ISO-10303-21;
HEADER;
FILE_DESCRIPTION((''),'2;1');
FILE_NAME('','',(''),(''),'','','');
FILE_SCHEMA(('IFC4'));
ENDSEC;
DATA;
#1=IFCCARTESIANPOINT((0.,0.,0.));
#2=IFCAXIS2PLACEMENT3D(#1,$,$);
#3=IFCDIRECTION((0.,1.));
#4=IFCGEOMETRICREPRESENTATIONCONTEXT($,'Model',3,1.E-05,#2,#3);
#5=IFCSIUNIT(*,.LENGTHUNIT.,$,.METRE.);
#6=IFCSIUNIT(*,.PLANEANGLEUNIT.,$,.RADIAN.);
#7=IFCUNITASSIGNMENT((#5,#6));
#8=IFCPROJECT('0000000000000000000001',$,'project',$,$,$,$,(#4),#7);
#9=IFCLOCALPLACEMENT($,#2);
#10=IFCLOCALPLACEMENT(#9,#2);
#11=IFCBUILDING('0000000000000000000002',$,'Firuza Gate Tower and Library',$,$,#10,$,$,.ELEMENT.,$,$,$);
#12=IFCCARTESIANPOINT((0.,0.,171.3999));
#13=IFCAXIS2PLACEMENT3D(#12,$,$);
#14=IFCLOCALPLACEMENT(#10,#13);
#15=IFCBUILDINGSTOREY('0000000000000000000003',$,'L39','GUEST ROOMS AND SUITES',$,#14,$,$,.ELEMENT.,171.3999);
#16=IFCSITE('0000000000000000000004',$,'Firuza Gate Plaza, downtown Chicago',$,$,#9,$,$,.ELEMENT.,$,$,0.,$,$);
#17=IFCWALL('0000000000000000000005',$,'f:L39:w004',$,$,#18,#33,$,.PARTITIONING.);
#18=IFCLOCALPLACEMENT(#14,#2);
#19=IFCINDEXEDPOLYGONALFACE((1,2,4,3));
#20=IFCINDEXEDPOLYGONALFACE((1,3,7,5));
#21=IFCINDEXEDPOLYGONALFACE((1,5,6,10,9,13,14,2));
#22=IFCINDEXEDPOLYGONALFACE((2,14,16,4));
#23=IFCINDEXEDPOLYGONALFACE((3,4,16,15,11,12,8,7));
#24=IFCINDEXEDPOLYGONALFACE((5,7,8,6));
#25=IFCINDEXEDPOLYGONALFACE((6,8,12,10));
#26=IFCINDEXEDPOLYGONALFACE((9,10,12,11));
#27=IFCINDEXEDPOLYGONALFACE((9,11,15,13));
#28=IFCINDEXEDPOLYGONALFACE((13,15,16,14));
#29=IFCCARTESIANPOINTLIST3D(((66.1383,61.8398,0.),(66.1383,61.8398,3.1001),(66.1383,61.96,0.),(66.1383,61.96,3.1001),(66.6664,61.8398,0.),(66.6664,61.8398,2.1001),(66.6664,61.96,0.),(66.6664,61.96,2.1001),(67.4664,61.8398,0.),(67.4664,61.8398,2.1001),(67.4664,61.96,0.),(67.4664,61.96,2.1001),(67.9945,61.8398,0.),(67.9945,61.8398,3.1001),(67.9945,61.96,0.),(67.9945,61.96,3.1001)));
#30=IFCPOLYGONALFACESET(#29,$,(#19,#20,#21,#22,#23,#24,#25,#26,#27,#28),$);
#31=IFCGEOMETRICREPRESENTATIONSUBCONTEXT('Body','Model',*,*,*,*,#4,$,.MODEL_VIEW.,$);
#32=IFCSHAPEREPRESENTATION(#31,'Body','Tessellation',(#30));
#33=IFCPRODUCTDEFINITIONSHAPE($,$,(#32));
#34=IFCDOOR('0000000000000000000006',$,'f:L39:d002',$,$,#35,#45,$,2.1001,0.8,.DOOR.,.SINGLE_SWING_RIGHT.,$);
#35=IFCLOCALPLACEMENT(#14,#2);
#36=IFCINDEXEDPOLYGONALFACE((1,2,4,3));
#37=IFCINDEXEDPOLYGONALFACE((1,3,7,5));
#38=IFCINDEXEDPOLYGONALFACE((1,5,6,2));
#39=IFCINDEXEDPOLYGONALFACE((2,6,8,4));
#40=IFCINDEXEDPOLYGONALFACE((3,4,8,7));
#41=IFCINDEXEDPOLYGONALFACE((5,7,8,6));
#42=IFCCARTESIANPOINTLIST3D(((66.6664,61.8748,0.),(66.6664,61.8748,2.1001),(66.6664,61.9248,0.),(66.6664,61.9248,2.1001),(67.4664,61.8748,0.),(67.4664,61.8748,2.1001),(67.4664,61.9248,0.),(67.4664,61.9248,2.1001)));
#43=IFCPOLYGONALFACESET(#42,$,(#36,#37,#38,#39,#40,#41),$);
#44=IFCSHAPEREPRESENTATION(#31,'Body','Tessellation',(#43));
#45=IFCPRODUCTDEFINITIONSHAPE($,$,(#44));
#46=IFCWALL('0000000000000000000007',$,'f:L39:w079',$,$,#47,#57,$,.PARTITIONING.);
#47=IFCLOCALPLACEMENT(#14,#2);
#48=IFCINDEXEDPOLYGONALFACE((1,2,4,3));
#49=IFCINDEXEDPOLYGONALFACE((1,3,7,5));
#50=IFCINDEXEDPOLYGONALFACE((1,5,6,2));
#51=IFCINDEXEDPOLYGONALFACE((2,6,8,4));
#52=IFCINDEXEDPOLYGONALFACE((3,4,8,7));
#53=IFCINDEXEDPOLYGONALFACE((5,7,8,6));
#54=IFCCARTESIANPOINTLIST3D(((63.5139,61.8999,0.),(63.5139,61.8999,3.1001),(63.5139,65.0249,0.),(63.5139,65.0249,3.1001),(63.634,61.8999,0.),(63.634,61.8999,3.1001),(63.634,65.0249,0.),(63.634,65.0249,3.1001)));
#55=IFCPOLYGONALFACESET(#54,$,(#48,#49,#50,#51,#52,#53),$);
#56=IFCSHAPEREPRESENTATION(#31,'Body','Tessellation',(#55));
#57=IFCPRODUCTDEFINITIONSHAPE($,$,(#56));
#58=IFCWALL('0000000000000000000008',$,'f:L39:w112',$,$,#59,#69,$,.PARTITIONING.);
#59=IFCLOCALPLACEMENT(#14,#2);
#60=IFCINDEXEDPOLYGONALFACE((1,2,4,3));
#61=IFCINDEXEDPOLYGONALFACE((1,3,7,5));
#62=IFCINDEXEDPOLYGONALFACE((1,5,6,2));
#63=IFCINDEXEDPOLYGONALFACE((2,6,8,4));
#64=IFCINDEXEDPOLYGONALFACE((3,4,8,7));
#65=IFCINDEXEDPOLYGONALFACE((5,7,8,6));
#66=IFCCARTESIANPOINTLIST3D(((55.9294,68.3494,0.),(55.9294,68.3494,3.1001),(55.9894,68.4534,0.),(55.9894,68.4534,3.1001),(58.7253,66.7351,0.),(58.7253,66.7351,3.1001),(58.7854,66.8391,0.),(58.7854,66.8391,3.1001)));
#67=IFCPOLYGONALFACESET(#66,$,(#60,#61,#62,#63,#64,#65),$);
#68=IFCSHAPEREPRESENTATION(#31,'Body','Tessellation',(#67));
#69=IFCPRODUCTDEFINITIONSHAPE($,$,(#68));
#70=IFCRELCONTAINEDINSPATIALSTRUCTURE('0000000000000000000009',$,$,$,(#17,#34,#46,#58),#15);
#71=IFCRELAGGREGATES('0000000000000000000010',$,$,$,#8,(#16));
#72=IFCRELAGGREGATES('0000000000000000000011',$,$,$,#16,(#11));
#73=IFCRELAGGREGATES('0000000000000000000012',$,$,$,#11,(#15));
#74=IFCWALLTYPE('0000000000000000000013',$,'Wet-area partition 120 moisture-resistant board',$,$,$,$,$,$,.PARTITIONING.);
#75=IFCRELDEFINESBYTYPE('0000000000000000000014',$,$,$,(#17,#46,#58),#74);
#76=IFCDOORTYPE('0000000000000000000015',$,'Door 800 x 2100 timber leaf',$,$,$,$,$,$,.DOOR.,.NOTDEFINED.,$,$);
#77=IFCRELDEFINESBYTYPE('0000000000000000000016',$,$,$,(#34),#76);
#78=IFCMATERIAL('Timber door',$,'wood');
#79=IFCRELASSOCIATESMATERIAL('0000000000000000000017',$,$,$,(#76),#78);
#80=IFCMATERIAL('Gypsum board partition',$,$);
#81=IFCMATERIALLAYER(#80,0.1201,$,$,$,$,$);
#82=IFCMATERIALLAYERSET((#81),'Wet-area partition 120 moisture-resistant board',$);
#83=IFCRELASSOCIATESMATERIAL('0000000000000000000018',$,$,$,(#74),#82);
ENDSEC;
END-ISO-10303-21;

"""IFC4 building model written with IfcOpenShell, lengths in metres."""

from ifc_helpers import new_model, si_unit, direction, frame, frame_2d, origin, place, context, subcontext, project, spatial, rectangle, extrude, material, layer, layer_set, type_object, element, fill, save


model = new_model("IFC4")

# Units and contexts
model_context = context("Model", 3, precision=1e-05, world=origin(), true_north=direction((0.0, 1.0)))
body_context = subcontext(model_context, "Body", "Model", "MODEL_VIEW")
ifc_project = project(units=[si_unit("LENGTHUNIT", "METRE"), si_unit("PLANEANGLEUNIT", "RADIAN")], contexts=[model_context])

# Site, building, storey
site_placement = place(None, origin())
site = spatial("IfcSite", under=ifc_project, at=site_placement, Name="Firuza Gate Plaza, downtown Chicago", CompositionType="ELEMENT", RefElevation=0.0)
building_placement = place(site_placement, origin())
building = spatial("IfcBuilding", under=site, at=building_placement, Name="Firuza Gate Tower and Library", CompositionType="ELEMENT")
storey_placement = place(building_placement, frame((0.0, 0.0, 171.3999)))
storey = spatial("IfcBuildingStorey", under=building, at=storey_placement, Name="L39", Description="GUEST ROOMS AND SUITES", CompositionType="ELEMENT", Elevation=171.3999)

# Shared definitions
ifc_material_1 = material(Name="Timber door", Category="wood")
door_type_1 = type_object("IfcDoorType", Name="Door 800 x 2100 timber leaf", OperationType="NOTDEFINED", PredefinedType="DOOR", material=ifc_material_1)

# Wall, opening, door
ifc_material_2 = material(Name="Gypsum board partition")
ifc_layer_1 = layer(ifc_material_2, 0.1201)
ifc_layer_set_1 = layer_set([ifc_layer_1], Name="Wet-area partition 120 moisture-resistant board")
wall_type_1 = type_object("IfcWallType", Name="Wet-area partition 120 moisture-resistant board", PredefinedType="PARTITIONING", material=ifc_layer_set_1)
wall_1_placement = place(storey_placement, frame((66.1382, 61.8999, 0.0), z_axis=(0.0, 0.0, 1.0), x_axis=(1.0, 0.0, 0.0)))
wall_1 = element("IfcWall", 1, at=wall_1_placement, inside=storey, type_object=wall_type_1, Name="f:L39:w004", PredefinedType="PARTITIONING", context=body_context, shape_type="SweptSolid", body=[
    extrude(rectangle(XDim=1.8562, YDim=0.1201, at=frame_2d((0.9282, 0.0))), origin(), (0.0, 0.0, 1.0), 3.1001),
])
opening_1_placement = place(wall_1_placement, frame((0.5283, 0.0, 0.0)))
opening_1 = element("IfcOpeningElement", 2, at=opening_1_placement, cuts=wall_1, PredefinedType="OPENING", context=body_context, shape_type="SweptSolid", body=[
    extrude(rectangle(XDim=0.8, YDim=2.1001, at=frame_2d((0.3999, 1.05))), frame((0.0, 0.0701, 0.0), z_axis=(0.0, -1.0, 0.0), x_axis=(1.0, 0.0, 0.0)), (0.0, 0.0, 1.0), 0.1401),
])
door_1_placement = place(opening_1_placement, origin())
door_1 = element("IfcDoor", 3, at=door_1_placement, inside=storey, type_object=door_type_1, Name="f:L39:d002", OperationType="SINGLE_SWING_RIGHT", OverallHeight=2.1001, OverallWidth=0.8, PredefinedType="DOOR", context=body_context, shape_type="SweptSolid", body=[
    extrude(rectangle(XDim=0.8, YDim=2.1001, at=frame_2d((0.3999, 1.05))), frame((0.0, 0.0249, 0.0), z_axis=(0.0, -1.0, 0.0), x_axis=(1.0, 0.0, 0.0)), (0.0, 0.0, 1.0), 0.05),
])
fill(opening_1, door_1)

# Walls
wall_2_placement = place(storey_placement, frame((63.574, 61.8999, 0.0), z_axis=(0.0, 0.0, 1.0), x_axis=(0.0, 1.0, 0.0)))
element("IfcWall", 4, at=wall_2_placement, inside=storey, type_object=wall_type_1, Name="f:L39:w079", PredefinedType="PARTITIONING", context=body_context, shape_type="SweptSolid", body=[
    extrude(rectangle(XDim=3.125, YDim=0.1201, at=frame_2d((1.5625, 0.0))), origin(), (0.0, 0.0, 1.0), 3.1001),
])
wall_3_placement = place(storey_placement, frame((58.7554, 66.7871, 0.0), z_axis=(0.0, 0.0, 1.0), x_axis=(-0.866019, 0.50001, 0.0)))
element("IfcWall", 5, at=wall_3_placement, inside=storey, type_object=wall_type_1, Name="f:L39:w112", PredefinedType="PARTITIONING", context=body_context, shape_type="SweptSolid", body=[
    extrude(rectangle(XDim=3.2285, YDim=0.1201, at=frame_2d((1.6143, 0.0))), origin(), (0.0, 0.0, 1.0), 3.1001),
])

save(model, "model.ifc")
